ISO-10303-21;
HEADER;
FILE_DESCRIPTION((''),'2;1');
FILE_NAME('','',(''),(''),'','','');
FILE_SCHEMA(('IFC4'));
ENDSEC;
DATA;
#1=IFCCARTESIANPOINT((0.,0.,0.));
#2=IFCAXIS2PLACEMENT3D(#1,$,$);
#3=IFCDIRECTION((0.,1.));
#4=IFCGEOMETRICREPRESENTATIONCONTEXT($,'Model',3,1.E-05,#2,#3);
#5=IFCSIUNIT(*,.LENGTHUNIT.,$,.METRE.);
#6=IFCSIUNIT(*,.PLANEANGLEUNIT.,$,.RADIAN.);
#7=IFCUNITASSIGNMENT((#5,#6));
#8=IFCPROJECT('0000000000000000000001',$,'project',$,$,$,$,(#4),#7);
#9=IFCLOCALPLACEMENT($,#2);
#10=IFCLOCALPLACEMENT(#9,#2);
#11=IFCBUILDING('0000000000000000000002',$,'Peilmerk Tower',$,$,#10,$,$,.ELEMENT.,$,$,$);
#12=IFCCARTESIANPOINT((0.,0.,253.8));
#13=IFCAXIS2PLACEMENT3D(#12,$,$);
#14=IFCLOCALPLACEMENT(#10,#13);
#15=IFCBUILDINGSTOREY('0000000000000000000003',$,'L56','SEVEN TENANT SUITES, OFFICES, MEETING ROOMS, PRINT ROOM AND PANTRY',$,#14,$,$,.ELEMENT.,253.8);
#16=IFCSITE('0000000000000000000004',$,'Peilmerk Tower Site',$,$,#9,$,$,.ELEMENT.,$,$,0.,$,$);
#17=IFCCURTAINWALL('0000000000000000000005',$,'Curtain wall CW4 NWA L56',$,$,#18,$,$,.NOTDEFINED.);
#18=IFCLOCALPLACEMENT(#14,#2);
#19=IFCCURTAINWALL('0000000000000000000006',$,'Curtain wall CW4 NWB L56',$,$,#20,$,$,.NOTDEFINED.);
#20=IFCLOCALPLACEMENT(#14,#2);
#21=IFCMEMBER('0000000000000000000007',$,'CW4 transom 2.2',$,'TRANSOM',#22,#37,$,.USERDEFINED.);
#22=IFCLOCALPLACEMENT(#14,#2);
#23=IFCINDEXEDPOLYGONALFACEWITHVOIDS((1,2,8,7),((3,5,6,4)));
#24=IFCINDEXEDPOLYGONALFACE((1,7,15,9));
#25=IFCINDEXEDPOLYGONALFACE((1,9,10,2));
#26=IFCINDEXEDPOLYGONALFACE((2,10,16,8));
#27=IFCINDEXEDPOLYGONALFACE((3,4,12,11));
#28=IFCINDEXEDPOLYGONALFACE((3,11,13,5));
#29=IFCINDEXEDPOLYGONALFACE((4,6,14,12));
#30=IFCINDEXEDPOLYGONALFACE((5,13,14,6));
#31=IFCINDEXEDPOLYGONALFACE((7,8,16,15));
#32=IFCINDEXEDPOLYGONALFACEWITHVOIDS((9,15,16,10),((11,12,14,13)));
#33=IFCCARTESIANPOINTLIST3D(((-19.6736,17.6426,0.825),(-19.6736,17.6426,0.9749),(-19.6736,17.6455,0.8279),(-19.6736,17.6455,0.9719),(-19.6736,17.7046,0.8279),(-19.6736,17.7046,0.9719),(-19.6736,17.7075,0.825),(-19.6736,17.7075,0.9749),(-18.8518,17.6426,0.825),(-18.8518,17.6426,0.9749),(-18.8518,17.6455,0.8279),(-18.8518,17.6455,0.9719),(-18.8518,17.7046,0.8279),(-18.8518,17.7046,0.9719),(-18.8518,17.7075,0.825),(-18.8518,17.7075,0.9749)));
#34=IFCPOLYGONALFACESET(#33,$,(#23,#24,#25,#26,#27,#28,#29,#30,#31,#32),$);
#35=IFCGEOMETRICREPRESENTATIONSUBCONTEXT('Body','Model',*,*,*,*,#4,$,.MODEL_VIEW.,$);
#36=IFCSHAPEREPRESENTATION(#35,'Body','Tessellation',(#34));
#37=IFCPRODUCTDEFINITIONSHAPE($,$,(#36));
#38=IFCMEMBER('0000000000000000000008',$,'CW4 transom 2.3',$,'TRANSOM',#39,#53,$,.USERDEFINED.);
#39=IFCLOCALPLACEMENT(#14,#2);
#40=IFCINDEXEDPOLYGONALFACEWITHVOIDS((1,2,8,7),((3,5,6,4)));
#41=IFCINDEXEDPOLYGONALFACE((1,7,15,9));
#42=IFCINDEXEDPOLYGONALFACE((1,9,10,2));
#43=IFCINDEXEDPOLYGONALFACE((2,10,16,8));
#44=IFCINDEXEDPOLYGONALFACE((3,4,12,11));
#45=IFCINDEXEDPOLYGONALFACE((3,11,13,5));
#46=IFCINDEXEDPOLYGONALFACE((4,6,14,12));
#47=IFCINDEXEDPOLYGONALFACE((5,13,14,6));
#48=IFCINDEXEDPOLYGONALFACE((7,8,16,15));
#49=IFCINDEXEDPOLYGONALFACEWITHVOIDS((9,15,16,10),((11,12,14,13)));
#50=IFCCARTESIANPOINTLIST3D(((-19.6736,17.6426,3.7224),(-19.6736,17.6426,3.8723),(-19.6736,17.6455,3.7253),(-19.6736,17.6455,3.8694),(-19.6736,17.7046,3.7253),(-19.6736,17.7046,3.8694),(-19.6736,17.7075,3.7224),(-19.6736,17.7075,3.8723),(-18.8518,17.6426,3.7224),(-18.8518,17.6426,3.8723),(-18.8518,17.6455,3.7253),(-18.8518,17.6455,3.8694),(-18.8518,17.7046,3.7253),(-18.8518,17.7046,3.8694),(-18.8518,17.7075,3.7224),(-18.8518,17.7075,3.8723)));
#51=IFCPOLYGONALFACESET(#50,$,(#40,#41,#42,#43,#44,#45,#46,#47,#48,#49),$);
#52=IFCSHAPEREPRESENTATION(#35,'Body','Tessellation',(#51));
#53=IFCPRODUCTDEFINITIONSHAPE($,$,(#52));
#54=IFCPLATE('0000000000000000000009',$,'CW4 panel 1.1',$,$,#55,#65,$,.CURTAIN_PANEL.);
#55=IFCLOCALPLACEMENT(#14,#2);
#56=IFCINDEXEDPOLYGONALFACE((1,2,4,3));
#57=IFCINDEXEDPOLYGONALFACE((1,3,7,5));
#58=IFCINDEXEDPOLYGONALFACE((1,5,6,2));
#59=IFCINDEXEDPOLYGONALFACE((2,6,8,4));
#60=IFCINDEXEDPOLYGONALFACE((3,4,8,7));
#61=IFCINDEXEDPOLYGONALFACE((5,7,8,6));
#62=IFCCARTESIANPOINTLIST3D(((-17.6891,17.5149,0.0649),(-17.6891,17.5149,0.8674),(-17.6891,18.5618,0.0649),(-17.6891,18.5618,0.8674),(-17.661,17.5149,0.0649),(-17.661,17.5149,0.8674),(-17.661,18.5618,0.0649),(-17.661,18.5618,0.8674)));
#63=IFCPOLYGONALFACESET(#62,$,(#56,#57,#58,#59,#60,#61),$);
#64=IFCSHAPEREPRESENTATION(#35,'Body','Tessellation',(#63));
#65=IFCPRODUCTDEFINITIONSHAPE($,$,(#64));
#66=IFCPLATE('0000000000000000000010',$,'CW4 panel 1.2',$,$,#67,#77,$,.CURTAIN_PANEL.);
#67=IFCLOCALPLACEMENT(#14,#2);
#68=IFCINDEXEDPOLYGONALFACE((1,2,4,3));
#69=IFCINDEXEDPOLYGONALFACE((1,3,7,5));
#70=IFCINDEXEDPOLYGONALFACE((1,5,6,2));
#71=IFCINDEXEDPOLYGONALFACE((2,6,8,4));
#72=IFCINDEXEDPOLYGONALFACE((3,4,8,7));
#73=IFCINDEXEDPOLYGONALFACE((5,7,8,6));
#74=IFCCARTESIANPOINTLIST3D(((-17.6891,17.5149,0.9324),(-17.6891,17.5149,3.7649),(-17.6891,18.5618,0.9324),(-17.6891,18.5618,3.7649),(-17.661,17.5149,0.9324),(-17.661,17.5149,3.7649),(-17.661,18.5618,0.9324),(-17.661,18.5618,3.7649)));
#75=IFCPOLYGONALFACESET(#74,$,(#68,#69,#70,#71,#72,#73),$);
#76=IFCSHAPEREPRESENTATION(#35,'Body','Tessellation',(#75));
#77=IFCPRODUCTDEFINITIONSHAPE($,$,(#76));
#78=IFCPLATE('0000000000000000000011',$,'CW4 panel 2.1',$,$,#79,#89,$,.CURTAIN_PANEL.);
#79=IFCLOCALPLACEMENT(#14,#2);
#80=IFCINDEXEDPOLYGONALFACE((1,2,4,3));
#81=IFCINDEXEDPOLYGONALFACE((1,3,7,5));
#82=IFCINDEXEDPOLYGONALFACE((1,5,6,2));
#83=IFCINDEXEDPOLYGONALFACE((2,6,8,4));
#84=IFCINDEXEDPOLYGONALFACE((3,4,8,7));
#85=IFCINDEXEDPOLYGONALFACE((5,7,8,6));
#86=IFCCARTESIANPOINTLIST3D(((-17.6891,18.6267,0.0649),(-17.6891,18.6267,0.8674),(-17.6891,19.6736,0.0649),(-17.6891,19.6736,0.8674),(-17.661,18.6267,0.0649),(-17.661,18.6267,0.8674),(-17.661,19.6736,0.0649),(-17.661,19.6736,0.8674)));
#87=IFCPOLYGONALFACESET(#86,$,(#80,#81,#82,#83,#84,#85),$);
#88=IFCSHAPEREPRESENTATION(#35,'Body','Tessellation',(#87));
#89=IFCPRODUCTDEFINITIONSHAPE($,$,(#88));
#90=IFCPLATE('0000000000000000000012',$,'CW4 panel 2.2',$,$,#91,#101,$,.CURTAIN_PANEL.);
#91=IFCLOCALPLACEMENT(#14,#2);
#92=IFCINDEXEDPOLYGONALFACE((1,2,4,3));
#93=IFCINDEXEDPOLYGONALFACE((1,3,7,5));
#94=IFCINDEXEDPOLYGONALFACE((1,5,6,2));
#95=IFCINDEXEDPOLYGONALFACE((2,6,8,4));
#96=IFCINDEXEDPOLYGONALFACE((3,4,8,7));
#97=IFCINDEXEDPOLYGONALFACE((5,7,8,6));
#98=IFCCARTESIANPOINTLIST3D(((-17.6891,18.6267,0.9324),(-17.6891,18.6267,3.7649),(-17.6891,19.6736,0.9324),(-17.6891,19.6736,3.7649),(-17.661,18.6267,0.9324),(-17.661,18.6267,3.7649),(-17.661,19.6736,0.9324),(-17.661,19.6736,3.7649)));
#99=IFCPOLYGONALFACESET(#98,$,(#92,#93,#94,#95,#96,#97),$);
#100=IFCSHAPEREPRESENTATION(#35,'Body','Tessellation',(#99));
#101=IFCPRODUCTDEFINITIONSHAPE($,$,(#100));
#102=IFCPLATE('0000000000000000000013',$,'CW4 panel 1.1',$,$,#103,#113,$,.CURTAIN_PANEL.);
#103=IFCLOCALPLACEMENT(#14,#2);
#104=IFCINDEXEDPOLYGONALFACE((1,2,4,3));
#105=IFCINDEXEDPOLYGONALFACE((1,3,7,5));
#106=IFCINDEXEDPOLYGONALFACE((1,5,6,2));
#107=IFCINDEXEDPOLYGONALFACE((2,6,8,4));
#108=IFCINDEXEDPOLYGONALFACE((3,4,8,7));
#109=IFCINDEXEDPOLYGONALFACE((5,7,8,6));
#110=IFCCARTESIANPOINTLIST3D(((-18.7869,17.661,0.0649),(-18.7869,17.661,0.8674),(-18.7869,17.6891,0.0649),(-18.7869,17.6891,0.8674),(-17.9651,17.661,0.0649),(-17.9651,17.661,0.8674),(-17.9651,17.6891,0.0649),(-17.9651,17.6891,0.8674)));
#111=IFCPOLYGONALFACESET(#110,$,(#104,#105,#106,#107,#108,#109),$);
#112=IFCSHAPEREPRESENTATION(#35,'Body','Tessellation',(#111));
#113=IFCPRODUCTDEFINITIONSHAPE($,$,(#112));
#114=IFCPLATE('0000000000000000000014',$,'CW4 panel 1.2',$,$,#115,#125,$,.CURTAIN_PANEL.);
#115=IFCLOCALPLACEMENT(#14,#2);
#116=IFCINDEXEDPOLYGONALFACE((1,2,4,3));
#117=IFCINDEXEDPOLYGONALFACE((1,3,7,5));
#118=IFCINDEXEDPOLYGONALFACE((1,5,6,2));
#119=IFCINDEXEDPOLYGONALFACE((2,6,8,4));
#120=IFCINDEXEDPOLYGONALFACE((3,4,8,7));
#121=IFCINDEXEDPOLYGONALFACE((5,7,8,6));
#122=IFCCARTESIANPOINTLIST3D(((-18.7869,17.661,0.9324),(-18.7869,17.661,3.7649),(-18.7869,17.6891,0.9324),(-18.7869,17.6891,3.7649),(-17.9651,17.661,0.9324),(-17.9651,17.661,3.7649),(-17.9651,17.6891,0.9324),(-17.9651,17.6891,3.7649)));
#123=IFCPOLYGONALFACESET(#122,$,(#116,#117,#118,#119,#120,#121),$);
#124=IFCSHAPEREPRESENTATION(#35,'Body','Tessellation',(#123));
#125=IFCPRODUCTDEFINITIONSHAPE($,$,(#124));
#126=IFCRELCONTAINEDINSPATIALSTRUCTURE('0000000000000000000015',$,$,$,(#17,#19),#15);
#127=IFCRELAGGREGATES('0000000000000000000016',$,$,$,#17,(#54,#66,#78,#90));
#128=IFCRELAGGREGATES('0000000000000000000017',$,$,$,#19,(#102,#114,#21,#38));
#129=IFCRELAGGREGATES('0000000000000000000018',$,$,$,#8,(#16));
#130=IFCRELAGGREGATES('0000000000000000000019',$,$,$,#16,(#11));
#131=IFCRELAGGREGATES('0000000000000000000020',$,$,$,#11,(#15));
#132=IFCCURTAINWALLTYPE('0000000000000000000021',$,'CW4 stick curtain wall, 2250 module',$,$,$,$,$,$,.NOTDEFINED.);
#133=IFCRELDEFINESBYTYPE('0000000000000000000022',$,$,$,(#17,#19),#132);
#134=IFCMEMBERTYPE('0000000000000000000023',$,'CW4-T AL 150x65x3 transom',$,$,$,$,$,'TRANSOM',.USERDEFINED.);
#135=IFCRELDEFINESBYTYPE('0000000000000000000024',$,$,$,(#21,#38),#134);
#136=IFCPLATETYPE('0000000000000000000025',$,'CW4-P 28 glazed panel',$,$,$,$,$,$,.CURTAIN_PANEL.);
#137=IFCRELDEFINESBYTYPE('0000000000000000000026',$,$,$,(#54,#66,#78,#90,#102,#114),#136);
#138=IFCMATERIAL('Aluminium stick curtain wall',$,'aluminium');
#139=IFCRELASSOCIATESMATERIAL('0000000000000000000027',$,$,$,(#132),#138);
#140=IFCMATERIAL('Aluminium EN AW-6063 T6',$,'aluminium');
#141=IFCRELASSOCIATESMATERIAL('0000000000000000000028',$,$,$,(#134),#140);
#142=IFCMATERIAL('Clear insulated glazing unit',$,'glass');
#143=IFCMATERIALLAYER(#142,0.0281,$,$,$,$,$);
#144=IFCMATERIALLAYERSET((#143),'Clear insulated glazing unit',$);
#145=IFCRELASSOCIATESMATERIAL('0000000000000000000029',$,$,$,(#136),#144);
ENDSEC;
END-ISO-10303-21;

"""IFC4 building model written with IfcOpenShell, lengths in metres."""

from ifc_helpers import new_model, si_unit, direction, frame, origin, origin_2d, place, context, subcontext, project, spatial, rectangle, hollow_rectangle, extrude, material, layer, layer_set, material_profile, profile_set, type_object, element, aggregate, save


model = new_model("IFC4")

# Units and contexts
model_context = context("Model", 3, precision=1e-05, world=origin(), true_north=direction((0.0, 1.0)))
body_context = subcontext(model_context, "Body", "Model", "MODEL_VIEW")
ifc_project = project(units=[si_unit("LENGTHUNIT", "METRE"), si_unit("PLANEANGLEUNIT", "RADIAN")], contexts=[model_context])

# Site, building, storey
site_placement = place(None, origin())
site = spatial("IfcSite", under=ifc_project, at=site_placement, Name="Peilmerk Tower Site", CompositionType="ELEMENT", RefElevation=0.0)
building_placement = place(site_placement, origin())
building = spatial("IfcBuilding", under=site, at=building_placement, Name="Peilmerk Tower", CompositionType="ELEMENT")
storey_placement = place(building_placement, frame((0.0, 0.0, 253.8)))
storey = spatial("IfcBuildingStorey", under=building, at=storey_placement, Name="L56", Description="SEVEN TENANT SUITES, OFFICES, MEETING ROOMS, PRINT ROOM AND PANTRY", CompositionType="ELEMENT", Elevation=253.8)

# Curtain walls
ifc_material_1 = material(Name="Aluminium stick curtain wall", Category="aluminium")
curtain_wall_type = type_object("IfcCurtainWallType", Name="CW4 stick curtain wall, 2250 module", PredefinedType="NOTDEFINED", material=ifc_material_1)
curtain_wall_1_placement = place(storey_placement, origin())
curtain_wall_1 = element("IfcCurtainWall", 1, at=curtain_wall_1_placement, inside=storey, type_object=curtain_wall_type, Name="Curtain wall CW4 NWA L56", PredefinedType="NOTDEFINED")
ifc_material_2 = material(Name="Aluminium EN AW-6063 T6", Category="aluminium")
curtain_wall_2_placement = place(storey_placement, origin())
curtain_wall_2 = element("IfcCurtainWall", 2, at=curtain_wall_2_placement, inside=storey, type_object=curtain_wall_type, Name="Curtain wall CW4 NWB L56", PredefinedType="NOTDEFINED")

# Members
ifc_material_profile_1 = material_profile(ifc_material_2, hollow_rectangle(XDim=0.0649, YDim=0.1499, WallThickness=0.0029, at=origin_2d()), Name="AL 150x65x3")
ifc_profile_set_1 = profile_set([ifc_material_profile_1], Name="Aluminium EN AW-6063 T6")
member_type_1 = type_object("IfcMemberType", Name="CW4-T AL 150x65x3 transom", ElementType="TRANSOM", PredefinedType="USERDEFINED", material=ifc_profile_set_1)
member_1_placement = place(storey_placement, frame((-18.8518, 17.675, 0.8999), z_axis=(-1.0, 0.0, 0.0), x_axis=(0.0, -1.0, 0.0)))
member_1 = element("IfcMember", 3, at=member_1_placement, type_object=member_type_1, Name="CW4 transom 2.2", ObjectType="TRANSOM", PredefinedType="USERDEFINED", context=body_context, shape_type="SweptSolid", body=[
    extrude(hollow_rectangle(XDim=0.0649, YDim=0.1499, WallThickness=0.0029, at=origin_2d()), origin(), (0.0, 0.0, 1.0), 0.8218),
])
member_2_placement = place(storey_placement, frame((-18.8518, 17.675, 3.7974), z_axis=(-1.0, 0.0, 0.0), x_axis=(0.0, -1.0, 0.0)))
member_2 = element("IfcMember", 4, at=member_2_placement, type_object=member_type_1, Name="CW4 transom 2.3", ObjectType="TRANSOM", PredefinedType="USERDEFINED", context=body_context, shape_type="SweptSolid", body=[
    extrude(hollow_rectangle(XDim=0.0649, YDim=0.1499, WallThickness=0.0029, at=origin_2d()), origin(), (0.0, 0.0, 1.0), 0.8218),
])

# Plates
ifc_material_3 = material(Name="Clear insulated glazing unit", Category="glass")
ifc_layer_1 = layer(ifc_material_3, 0.0281)
ifc_layer_set_1 = layer_set([ifc_layer_1], Name="Clear insulated glazing unit")
plate_type = type_object("IfcPlateType", Name="CW4-P 28 glazed panel", PredefinedType="CURTAIN_PANEL", material=ifc_layer_set_1)
plate_1_placement = place(storey_placement, frame((-17.675, 18.0383, 0.0649), z_axis=(0.0, 0.0, 1.0), x_axis=(0.0, 1.0, 0.0)))
plate_1 = element("IfcPlate", 5, at=plate_1_placement, type_object=plate_type, Name="CW4 panel 1.1", PredefinedType="CURTAIN_PANEL", context=body_context, shape_type="SweptSolid", body=[
    extrude(rectangle(XDim=1.0469, YDim=0.0281, at=origin_2d()), origin(), (0.0, 0.0, 1.0), 0.8025),
])
plate_2_placement = place(storey_placement, frame((-17.675, 18.0383, 0.9324), z_axis=(0.0, 0.0, 1.0), x_axis=(0.0, 1.0, 0.0)))
plate_2 = element("IfcPlate", 6, at=plate_2_placement, type_object=plate_type, Name="CW4 panel 1.2", PredefinedType="CURTAIN_PANEL", context=body_context, shape_type="SweptSolid", body=[
    extrude(rectangle(XDim=1.0469, YDim=0.0281, at=origin_2d()), origin(), (0.0, 0.0, 1.0), 2.8325),
])
plate_3_placement = place(storey_placement, frame((-17.675, 19.1501, 0.0649), z_axis=(0.0, 0.0, 1.0), x_axis=(0.0, 1.0, 0.0)))
plate_3 = element("IfcPlate", 7, at=plate_3_placement, type_object=plate_type, Name="CW4 panel 2.1", PredefinedType="CURTAIN_PANEL", context=body_context, shape_type="SweptSolid", body=[
    extrude(rectangle(XDim=1.0469, YDim=0.0281, at=origin_2d()), origin(), (0.0, 0.0, 1.0), 0.8025),
])
plate_4_placement = place(storey_placement, frame((-17.675, 19.1501, 0.9324), z_axis=(0.0, 0.0, 1.0), x_axis=(0.0, 1.0, 0.0)))
plate_4 = element("IfcPlate", 8, at=plate_4_placement, type_object=plate_type, Name="CW4 panel 2.2", PredefinedType="CURTAIN_PANEL", context=body_context, shape_type="SweptSolid", body=[
    extrude(rectangle(XDim=1.0469, YDim=0.0281, at=origin_2d()), origin(), (0.0, 0.0, 1.0), 2.8325),
])
aggregate(curtain_wall_1, [plate_1, plate_2, plate_3, plate_4])
plate_5_placement = place(storey_placement, frame((-18.376, 17.675, 0.0649), z_axis=(0.0, 0.0, 1.0), x_axis=(-1.0, 0.0, 0.0)))
plate_5 = element("IfcPlate", 9, at=plate_5_placement, type_object=plate_type, Name="CW4 panel 1.1", PredefinedType="CURTAIN_PANEL", context=body_context, shape_type="SweptSolid", body=[
    extrude(rectangle(XDim=0.8218, YDim=0.0281, at=origin_2d()), origin(), (0.0, 0.0, 1.0), 0.8025),
])
plate_6_placement = place(storey_placement, frame((-18.376, 17.675, 0.9324), z_axis=(0.0, 0.0, 1.0), x_axis=(-1.0, 0.0, 0.0)))
plate_6 = element("IfcPlate", 10, at=plate_6_placement, type_object=plate_type, Name="CW4 panel 1.2", PredefinedType="CURTAIN_PANEL", context=body_context, shape_type="SweptSolid", body=[
    extrude(rectangle(XDim=0.8218, YDim=0.0281, at=origin_2d()), origin(), (0.0, 0.0, 1.0), 2.8325),
])
aggregate(curtain_wall_2, [plate_5, plate_6, member_1, member_2])

save(model, "model.ifc")
